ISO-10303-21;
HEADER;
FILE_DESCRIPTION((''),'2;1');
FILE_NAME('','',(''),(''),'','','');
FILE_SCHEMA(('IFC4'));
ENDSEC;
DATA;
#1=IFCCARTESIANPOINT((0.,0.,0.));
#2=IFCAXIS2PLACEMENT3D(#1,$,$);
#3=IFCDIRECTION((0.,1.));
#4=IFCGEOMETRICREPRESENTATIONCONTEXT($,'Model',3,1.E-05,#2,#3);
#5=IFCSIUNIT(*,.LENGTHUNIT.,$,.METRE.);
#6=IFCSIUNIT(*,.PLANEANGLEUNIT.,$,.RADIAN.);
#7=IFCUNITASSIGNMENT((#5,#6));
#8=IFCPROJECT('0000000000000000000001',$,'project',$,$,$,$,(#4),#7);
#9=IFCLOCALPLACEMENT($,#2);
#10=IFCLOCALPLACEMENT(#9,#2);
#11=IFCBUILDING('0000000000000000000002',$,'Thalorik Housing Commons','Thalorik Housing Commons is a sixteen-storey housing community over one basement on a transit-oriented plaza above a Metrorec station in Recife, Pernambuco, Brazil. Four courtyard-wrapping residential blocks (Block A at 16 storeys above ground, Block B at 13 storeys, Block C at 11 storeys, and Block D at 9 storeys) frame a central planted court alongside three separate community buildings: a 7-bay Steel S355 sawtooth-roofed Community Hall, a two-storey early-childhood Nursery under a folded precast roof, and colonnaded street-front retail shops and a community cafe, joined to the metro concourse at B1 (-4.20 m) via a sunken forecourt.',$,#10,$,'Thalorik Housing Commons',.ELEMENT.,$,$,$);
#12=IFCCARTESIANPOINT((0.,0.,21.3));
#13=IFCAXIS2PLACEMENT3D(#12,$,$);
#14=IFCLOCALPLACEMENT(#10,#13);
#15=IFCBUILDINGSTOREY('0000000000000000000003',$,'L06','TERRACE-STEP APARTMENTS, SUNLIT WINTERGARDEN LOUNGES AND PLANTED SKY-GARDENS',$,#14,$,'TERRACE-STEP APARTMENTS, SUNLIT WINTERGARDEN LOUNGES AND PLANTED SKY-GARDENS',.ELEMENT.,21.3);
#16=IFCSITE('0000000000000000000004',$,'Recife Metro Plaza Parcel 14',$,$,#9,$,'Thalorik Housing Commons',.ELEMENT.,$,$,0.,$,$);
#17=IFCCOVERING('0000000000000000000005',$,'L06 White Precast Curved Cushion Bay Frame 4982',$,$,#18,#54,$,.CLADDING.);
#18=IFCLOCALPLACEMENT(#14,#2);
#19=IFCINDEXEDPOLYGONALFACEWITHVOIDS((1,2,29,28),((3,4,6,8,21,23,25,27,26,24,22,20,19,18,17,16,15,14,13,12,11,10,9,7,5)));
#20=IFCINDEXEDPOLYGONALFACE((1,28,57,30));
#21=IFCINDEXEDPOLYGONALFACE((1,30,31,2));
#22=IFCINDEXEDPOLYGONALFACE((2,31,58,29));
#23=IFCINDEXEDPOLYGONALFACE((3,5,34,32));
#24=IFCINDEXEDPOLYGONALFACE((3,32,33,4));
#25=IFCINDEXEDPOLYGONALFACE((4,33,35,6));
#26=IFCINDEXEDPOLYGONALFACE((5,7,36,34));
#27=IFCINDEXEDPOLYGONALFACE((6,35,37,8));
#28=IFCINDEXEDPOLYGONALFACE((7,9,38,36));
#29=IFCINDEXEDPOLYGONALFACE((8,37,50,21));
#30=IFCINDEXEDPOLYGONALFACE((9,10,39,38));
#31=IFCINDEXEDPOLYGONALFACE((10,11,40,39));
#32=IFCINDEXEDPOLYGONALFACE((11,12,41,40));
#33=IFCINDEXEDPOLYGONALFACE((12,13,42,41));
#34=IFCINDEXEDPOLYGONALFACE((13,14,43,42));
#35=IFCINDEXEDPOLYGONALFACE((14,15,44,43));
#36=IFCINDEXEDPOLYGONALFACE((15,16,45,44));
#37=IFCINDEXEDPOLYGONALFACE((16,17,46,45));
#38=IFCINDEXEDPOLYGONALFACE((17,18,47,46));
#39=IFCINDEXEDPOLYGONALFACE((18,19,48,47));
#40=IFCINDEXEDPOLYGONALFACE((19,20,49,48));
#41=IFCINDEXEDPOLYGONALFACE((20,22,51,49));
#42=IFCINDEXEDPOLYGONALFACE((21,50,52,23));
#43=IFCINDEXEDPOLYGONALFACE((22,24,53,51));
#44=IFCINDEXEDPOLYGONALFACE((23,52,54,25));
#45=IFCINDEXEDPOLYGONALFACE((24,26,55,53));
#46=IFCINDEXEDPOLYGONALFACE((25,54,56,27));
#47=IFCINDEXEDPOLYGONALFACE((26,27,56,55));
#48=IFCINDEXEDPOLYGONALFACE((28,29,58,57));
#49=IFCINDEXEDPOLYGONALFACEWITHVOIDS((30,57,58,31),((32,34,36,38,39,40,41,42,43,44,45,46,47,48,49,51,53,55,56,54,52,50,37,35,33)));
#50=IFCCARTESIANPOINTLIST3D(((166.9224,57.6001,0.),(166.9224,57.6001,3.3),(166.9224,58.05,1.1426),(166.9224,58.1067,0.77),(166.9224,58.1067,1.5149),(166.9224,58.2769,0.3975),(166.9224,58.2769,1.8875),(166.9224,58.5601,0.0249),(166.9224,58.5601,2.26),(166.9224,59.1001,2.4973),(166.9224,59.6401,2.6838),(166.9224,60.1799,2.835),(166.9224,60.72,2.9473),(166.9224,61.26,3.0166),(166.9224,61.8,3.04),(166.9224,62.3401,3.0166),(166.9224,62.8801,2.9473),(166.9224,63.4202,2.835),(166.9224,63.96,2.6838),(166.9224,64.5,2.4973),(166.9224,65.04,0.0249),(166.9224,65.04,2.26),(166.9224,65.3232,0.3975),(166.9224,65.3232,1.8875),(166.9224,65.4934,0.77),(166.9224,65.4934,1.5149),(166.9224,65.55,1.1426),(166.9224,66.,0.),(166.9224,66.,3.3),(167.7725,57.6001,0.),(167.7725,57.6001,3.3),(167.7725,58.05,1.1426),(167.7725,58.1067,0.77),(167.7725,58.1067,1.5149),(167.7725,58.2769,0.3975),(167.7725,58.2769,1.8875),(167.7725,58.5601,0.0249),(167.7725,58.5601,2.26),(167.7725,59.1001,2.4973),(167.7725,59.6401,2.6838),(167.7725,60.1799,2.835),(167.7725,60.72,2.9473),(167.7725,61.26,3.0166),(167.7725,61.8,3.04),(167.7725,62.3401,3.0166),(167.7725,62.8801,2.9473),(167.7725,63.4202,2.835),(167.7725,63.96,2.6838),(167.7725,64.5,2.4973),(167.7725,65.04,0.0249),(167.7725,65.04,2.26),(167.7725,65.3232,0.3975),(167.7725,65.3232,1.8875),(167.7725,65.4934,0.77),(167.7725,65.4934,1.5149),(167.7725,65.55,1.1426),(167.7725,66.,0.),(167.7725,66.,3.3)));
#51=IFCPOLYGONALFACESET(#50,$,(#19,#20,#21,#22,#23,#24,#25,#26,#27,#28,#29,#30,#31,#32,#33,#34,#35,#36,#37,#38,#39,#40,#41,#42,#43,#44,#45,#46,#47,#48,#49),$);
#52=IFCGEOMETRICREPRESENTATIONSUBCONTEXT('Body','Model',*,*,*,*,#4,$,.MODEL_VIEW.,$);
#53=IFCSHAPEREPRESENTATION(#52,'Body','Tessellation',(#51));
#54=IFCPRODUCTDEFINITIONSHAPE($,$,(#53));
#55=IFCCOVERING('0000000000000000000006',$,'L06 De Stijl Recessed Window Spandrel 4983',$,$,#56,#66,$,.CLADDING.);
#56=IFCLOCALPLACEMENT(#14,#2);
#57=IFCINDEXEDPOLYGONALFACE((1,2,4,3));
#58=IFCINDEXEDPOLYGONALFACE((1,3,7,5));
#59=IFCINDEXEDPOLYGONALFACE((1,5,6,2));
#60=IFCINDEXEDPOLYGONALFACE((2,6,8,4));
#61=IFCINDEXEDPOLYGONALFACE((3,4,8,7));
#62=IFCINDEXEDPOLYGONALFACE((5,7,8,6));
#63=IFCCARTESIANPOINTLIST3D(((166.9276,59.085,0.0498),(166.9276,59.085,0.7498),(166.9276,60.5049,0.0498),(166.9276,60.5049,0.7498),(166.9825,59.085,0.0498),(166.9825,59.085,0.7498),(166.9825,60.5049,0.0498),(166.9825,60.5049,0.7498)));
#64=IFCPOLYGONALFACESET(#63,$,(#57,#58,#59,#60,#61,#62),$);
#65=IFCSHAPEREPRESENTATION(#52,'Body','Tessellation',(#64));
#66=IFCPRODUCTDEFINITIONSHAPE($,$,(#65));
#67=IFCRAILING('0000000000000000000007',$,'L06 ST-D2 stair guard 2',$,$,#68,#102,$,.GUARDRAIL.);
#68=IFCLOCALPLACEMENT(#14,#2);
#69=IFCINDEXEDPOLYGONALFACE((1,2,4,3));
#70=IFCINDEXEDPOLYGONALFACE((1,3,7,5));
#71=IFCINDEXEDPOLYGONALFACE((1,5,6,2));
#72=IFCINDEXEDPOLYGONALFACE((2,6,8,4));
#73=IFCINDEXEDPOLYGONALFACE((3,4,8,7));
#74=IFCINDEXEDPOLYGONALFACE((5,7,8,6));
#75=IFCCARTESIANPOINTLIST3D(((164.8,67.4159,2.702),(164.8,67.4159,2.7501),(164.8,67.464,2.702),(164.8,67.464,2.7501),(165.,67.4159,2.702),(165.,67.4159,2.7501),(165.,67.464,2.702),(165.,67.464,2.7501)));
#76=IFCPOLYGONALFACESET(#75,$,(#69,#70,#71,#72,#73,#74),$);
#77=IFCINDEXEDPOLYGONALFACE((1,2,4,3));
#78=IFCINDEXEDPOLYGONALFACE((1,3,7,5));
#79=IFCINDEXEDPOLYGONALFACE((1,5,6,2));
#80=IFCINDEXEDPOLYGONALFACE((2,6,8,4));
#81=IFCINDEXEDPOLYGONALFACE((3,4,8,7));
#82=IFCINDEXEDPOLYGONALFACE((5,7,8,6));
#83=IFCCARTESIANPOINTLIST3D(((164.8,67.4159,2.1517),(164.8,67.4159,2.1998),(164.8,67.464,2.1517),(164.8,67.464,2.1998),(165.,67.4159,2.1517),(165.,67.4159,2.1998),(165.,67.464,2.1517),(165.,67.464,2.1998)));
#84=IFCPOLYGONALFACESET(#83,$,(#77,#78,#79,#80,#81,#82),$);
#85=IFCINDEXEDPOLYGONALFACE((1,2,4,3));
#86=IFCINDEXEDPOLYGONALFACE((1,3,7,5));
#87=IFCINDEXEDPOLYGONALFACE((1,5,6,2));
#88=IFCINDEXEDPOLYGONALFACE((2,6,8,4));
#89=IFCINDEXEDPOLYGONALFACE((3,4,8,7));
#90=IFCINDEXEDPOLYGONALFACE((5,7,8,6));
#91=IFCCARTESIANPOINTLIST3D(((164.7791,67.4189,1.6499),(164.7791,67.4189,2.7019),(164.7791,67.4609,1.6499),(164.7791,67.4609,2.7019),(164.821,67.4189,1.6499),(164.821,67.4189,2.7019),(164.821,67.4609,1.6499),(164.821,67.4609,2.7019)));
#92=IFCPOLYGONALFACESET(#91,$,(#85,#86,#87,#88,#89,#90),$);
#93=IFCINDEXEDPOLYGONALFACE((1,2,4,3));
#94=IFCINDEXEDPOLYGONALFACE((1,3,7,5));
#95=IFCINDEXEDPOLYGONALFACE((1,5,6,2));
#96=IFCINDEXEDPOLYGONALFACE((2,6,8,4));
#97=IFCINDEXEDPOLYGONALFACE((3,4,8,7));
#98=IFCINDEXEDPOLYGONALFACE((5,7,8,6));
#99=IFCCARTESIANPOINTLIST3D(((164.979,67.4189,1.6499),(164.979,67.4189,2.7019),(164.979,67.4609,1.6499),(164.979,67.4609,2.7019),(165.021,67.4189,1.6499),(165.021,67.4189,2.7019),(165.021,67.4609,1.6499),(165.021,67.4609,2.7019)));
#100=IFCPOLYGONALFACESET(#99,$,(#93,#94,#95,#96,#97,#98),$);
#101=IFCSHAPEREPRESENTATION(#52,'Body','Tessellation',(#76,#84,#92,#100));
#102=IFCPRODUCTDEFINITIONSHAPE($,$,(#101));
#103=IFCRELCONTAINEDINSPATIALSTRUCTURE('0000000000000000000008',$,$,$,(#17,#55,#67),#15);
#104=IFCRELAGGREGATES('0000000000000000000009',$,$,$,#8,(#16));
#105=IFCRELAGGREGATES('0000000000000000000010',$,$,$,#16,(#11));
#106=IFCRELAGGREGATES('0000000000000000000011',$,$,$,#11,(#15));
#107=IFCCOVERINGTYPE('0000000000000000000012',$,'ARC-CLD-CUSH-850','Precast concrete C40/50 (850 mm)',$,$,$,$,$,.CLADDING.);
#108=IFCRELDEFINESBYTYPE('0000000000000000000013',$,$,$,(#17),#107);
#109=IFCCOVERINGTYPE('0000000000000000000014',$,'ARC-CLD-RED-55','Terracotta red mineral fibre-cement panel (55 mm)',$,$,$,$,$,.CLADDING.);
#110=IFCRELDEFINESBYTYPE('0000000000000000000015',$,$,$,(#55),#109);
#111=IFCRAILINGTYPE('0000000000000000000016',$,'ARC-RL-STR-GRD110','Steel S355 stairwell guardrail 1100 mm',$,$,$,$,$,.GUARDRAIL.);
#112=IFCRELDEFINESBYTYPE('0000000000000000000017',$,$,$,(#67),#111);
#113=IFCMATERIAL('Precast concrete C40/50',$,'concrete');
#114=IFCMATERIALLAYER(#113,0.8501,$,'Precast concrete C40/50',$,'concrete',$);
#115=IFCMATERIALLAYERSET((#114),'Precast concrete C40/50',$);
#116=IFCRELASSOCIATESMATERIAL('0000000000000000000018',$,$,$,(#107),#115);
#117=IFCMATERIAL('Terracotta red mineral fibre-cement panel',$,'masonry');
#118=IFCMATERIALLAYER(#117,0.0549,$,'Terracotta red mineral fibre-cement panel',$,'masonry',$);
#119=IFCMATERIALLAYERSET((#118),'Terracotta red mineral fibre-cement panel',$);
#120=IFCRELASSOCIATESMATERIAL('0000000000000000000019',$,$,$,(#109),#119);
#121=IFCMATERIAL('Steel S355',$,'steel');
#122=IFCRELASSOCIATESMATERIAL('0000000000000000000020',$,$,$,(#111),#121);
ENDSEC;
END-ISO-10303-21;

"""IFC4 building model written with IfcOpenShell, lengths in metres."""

from ifc_helpers import new_model, si_unit, direction, frame, origin, origin_2d, place, context, subcontext, project, spatial, polyline, rectangle, outline, extrude, material, layer, layer_set, type_object, element, save


model = new_model("IFC4")

# Units and contexts
model_context = context("Model", 3, precision=1e-05, world=origin(), true_north=direction((0.0, 1.0)))
body_context = subcontext(model_context, "Body", "Model", "MODEL_VIEW")
ifc_project = project(units=[si_unit("LENGTHUNIT", "METRE"), si_unit("PLANEANGLEUNIT", "RADIAN")], contexts=[model_context])

# Site, building, storey
site_placement = place(None, origin())
site = spatial("IfcSite", under=ifc_project, at=site_placement, Name="Recife Metro Plaza Parcel 14", LongName="Thalorik Housing Commons", CompositionType="ELEMENT", RefElevation=0.0)
building_placement = place(site_placement, origin())
building = spatial("IfcBuilding", under=site, at=building_placement, Name="Thalorik Housing Commons", Description="Thalorik Housing Commons is a sixteen-storey housing community over one basement on a transit-oriented plaza above a Metrorec station in Recife, Pernambuco, Brazil. Four courtyard-wrapping residential blocks (Block A at 16 storeys above ground, Block B at 13 storeys, Block C at 11 storeys, and Block D at 9 storeys) frame a central planted court alongside three separate community buildings: a 7-bay Steel S355 sawtooth-roofed Community Hall, a two-storey early-childhood Nursery under a folded precast roof, and colonnaded street-front retail shops and a community cafe, joined to the metro concourse at B1 (-4.20 m) via a sunken forecourt.", LongName="Thalorik Housing Commons", CompositionType="ELEMENT")
storey_placement = place(building_placement, frame((0.0, 0.0, 21.3)))
storey = spatial("IfcBuildingStorey", under=building, at=storey_placement, Name="L06", Description="TERRACE-STEP APARTMENTS, SUNLIT WINTERGARDEN LOUNGES AND PLANTED SKY-GARDENS", LongName="TERRACE-STEP APARTMENTS, SUNLIT WINTERGARDEN LOUNGES AND PLANTED SKY-GARDENS", CompositionType="ELEMENT", Elevation=21.3)

# Shared definitions
ifc_material_1 = material(Name="Precast concrete C40/50", Category="concrete")

# Shared definitions
ifc_material_2 = material(Name="Steel S355", Category="steel")

# Coverings
ifc_layer_1 = layer(ifc_material_1, 0.8501, Name="Precast concrete C40/50", Category="concrete")
ifc_layer_set_1 = layer_set([ifc_layer_1], Name="Precast concrete C40/50")
covering_type_1 = type_object("IfcCoveringType", Name="ARC-CLD-CUSH-850", Description="Precast concrete C40/50 (850 mm)", PredefinedType="CLADDING", material=ifc_layer_set_1)
covering_1_placement = place(storey_placement, frame((167.3474, 61.8, 0.0), z_axis=(0.0, 0.0, 1.0), x_axis=(0.0, 1.0, 0.0)))
element("IfcCovering", 1, at=covering_1_placement, inside=storey, type_object=covering_type_1, Name="L06 White Precast Curved Cushion Bay Frame 4982", PredefinedType="CLADDING", context=body_context, shape_type="SweptSolid", body=[
    extrude(outline(polyline([(-4.2, 0.0), (4.2, 0.0), (4.2, 3.3), (-4.2, 3.3), (-4.2, 0.0)]), holes=[polyline([(3.24, 0.0249), (3.5232, 0.3975), (3.6934, 0.77), (3.75, 1.1426), (3.6934, 1.5149), (3.5232, 1.8875), (3.24, 2.26), (2.7, 2.4973), (2.1599, 2.6838), (1.6201, 2.835), (1.0801, 2.9473), (0.54, 3.0166), (0.0, 3.04), (-0.54, 3.0166), (-1.0801, 2.9473), (-1.6201, 2.835), (-2.1599, 2.6838), (-2.7, 2.4973), (-3.24, 2.26), (-3.5232, 1.8875), (-3.6934, 1.5149), (-3.75, 1.1426), (-3.6934, 0.77), (-3.5232, 0.3975), (-3.24, 0.0249), (3.24, 0.0249)])]), frame((0.0, 0.425, 0.0), z_axis=(0.0, -1.0, 0.0), x_axis=(1.0, 0.0, 0.0)), (0.0, 0.0, 1.0), 0.8501),
])
ifc_material_3 = material(Name="Terracotta red mineral fibre-cement panel", Category="masonry")
ifc_layer_2 = layer(ifc_material_3, 0.0549, Name="Terracotta red mineral fibre-cement panel", Category="masonry")
ifc_layer_set_2 = layer_set([ifc_layer_2], Name="Terracotta red mineral fibre-cement panel")
covering_type_2 = type_object("IfcCoveringType", Name="ARC-CLD-RED-55", Description="Terracotta red mineral fibre-cement panel (55 mm)", PredefinedType="CLADDING", material=ifc_layer_set_2)
covering_2_placement = place(storey_placement, frame((166.9551, 59.7949, 0.0498), z_axis=(0.0, 0.0, 1.0), x_axis=(0.0, 1.0, 0.0)))
element("IfcCovering", 2, at=covering_2_placement, inside=storey, type_object=covering_type_2, Name="L06 De Stijl Recessed Window Spandrel 4983", PredefinedType="CLADDING", context=body_context, shape_type="SweptSolid", body=[
    extrude(rectangle(XDim=1.4199, YDim=0.0549, at=origin_2d()), origin(), (0.0, 0.0, 1.0), 0.7),
])

# Railing
railing_type = type_object("IfcRailingType", Name="ARC-RL-STR-GRD110", Description="Steel S355 stairwell guardrail 1100 mm", PredefinedType="GUARDRAIL", material=ifc_material_2)
railing_placement = place(storey_placement, frame((164.8, 67.4399, 1.6499)))
element("IfcRailing", 3, at=railing_placement, inside=storey, type_object=railing_type, Name="L06 ST-D2 stair guard 2", PredefinedType="GUARDRAIL", context=body_context, shape_type="SweptSolid", body=[
    extrude(rectangle(XDim=0.0481, YDim=0.0481, at=origin_2d()), frame((0.0, 0.0, 1.0762), z_axis=(1.0, 0.0, 0.0), x_axis=(0.0, 1.0, 0.0)), (0.0, 0.0, 1.0), 0.2),
    extrude(rectangle(XDim=0.0481, YDim=0.0481, at=origin_2d()), frame((0.0, 0.0, 0.5259), z_axis=(1.0, 0.0, 0.0), x_axis=(0.0, 1.0, 0.0)), (0.0, 0.0, 1.0), 0.2),
    extrude(rectangle(XDim=0.042, YDim=0.042, at=origin_2d()), origin(), (0.0, 0.0, 1.0), 1.052),
    extrude(rectangle(XDim=0.042, YDim=0.042, at=origin_2d()), frame((0.2, 0.0, 0.0)), (0.0, 0.0, 1.0), 1.052),
])

save(model, "model.ifc")
